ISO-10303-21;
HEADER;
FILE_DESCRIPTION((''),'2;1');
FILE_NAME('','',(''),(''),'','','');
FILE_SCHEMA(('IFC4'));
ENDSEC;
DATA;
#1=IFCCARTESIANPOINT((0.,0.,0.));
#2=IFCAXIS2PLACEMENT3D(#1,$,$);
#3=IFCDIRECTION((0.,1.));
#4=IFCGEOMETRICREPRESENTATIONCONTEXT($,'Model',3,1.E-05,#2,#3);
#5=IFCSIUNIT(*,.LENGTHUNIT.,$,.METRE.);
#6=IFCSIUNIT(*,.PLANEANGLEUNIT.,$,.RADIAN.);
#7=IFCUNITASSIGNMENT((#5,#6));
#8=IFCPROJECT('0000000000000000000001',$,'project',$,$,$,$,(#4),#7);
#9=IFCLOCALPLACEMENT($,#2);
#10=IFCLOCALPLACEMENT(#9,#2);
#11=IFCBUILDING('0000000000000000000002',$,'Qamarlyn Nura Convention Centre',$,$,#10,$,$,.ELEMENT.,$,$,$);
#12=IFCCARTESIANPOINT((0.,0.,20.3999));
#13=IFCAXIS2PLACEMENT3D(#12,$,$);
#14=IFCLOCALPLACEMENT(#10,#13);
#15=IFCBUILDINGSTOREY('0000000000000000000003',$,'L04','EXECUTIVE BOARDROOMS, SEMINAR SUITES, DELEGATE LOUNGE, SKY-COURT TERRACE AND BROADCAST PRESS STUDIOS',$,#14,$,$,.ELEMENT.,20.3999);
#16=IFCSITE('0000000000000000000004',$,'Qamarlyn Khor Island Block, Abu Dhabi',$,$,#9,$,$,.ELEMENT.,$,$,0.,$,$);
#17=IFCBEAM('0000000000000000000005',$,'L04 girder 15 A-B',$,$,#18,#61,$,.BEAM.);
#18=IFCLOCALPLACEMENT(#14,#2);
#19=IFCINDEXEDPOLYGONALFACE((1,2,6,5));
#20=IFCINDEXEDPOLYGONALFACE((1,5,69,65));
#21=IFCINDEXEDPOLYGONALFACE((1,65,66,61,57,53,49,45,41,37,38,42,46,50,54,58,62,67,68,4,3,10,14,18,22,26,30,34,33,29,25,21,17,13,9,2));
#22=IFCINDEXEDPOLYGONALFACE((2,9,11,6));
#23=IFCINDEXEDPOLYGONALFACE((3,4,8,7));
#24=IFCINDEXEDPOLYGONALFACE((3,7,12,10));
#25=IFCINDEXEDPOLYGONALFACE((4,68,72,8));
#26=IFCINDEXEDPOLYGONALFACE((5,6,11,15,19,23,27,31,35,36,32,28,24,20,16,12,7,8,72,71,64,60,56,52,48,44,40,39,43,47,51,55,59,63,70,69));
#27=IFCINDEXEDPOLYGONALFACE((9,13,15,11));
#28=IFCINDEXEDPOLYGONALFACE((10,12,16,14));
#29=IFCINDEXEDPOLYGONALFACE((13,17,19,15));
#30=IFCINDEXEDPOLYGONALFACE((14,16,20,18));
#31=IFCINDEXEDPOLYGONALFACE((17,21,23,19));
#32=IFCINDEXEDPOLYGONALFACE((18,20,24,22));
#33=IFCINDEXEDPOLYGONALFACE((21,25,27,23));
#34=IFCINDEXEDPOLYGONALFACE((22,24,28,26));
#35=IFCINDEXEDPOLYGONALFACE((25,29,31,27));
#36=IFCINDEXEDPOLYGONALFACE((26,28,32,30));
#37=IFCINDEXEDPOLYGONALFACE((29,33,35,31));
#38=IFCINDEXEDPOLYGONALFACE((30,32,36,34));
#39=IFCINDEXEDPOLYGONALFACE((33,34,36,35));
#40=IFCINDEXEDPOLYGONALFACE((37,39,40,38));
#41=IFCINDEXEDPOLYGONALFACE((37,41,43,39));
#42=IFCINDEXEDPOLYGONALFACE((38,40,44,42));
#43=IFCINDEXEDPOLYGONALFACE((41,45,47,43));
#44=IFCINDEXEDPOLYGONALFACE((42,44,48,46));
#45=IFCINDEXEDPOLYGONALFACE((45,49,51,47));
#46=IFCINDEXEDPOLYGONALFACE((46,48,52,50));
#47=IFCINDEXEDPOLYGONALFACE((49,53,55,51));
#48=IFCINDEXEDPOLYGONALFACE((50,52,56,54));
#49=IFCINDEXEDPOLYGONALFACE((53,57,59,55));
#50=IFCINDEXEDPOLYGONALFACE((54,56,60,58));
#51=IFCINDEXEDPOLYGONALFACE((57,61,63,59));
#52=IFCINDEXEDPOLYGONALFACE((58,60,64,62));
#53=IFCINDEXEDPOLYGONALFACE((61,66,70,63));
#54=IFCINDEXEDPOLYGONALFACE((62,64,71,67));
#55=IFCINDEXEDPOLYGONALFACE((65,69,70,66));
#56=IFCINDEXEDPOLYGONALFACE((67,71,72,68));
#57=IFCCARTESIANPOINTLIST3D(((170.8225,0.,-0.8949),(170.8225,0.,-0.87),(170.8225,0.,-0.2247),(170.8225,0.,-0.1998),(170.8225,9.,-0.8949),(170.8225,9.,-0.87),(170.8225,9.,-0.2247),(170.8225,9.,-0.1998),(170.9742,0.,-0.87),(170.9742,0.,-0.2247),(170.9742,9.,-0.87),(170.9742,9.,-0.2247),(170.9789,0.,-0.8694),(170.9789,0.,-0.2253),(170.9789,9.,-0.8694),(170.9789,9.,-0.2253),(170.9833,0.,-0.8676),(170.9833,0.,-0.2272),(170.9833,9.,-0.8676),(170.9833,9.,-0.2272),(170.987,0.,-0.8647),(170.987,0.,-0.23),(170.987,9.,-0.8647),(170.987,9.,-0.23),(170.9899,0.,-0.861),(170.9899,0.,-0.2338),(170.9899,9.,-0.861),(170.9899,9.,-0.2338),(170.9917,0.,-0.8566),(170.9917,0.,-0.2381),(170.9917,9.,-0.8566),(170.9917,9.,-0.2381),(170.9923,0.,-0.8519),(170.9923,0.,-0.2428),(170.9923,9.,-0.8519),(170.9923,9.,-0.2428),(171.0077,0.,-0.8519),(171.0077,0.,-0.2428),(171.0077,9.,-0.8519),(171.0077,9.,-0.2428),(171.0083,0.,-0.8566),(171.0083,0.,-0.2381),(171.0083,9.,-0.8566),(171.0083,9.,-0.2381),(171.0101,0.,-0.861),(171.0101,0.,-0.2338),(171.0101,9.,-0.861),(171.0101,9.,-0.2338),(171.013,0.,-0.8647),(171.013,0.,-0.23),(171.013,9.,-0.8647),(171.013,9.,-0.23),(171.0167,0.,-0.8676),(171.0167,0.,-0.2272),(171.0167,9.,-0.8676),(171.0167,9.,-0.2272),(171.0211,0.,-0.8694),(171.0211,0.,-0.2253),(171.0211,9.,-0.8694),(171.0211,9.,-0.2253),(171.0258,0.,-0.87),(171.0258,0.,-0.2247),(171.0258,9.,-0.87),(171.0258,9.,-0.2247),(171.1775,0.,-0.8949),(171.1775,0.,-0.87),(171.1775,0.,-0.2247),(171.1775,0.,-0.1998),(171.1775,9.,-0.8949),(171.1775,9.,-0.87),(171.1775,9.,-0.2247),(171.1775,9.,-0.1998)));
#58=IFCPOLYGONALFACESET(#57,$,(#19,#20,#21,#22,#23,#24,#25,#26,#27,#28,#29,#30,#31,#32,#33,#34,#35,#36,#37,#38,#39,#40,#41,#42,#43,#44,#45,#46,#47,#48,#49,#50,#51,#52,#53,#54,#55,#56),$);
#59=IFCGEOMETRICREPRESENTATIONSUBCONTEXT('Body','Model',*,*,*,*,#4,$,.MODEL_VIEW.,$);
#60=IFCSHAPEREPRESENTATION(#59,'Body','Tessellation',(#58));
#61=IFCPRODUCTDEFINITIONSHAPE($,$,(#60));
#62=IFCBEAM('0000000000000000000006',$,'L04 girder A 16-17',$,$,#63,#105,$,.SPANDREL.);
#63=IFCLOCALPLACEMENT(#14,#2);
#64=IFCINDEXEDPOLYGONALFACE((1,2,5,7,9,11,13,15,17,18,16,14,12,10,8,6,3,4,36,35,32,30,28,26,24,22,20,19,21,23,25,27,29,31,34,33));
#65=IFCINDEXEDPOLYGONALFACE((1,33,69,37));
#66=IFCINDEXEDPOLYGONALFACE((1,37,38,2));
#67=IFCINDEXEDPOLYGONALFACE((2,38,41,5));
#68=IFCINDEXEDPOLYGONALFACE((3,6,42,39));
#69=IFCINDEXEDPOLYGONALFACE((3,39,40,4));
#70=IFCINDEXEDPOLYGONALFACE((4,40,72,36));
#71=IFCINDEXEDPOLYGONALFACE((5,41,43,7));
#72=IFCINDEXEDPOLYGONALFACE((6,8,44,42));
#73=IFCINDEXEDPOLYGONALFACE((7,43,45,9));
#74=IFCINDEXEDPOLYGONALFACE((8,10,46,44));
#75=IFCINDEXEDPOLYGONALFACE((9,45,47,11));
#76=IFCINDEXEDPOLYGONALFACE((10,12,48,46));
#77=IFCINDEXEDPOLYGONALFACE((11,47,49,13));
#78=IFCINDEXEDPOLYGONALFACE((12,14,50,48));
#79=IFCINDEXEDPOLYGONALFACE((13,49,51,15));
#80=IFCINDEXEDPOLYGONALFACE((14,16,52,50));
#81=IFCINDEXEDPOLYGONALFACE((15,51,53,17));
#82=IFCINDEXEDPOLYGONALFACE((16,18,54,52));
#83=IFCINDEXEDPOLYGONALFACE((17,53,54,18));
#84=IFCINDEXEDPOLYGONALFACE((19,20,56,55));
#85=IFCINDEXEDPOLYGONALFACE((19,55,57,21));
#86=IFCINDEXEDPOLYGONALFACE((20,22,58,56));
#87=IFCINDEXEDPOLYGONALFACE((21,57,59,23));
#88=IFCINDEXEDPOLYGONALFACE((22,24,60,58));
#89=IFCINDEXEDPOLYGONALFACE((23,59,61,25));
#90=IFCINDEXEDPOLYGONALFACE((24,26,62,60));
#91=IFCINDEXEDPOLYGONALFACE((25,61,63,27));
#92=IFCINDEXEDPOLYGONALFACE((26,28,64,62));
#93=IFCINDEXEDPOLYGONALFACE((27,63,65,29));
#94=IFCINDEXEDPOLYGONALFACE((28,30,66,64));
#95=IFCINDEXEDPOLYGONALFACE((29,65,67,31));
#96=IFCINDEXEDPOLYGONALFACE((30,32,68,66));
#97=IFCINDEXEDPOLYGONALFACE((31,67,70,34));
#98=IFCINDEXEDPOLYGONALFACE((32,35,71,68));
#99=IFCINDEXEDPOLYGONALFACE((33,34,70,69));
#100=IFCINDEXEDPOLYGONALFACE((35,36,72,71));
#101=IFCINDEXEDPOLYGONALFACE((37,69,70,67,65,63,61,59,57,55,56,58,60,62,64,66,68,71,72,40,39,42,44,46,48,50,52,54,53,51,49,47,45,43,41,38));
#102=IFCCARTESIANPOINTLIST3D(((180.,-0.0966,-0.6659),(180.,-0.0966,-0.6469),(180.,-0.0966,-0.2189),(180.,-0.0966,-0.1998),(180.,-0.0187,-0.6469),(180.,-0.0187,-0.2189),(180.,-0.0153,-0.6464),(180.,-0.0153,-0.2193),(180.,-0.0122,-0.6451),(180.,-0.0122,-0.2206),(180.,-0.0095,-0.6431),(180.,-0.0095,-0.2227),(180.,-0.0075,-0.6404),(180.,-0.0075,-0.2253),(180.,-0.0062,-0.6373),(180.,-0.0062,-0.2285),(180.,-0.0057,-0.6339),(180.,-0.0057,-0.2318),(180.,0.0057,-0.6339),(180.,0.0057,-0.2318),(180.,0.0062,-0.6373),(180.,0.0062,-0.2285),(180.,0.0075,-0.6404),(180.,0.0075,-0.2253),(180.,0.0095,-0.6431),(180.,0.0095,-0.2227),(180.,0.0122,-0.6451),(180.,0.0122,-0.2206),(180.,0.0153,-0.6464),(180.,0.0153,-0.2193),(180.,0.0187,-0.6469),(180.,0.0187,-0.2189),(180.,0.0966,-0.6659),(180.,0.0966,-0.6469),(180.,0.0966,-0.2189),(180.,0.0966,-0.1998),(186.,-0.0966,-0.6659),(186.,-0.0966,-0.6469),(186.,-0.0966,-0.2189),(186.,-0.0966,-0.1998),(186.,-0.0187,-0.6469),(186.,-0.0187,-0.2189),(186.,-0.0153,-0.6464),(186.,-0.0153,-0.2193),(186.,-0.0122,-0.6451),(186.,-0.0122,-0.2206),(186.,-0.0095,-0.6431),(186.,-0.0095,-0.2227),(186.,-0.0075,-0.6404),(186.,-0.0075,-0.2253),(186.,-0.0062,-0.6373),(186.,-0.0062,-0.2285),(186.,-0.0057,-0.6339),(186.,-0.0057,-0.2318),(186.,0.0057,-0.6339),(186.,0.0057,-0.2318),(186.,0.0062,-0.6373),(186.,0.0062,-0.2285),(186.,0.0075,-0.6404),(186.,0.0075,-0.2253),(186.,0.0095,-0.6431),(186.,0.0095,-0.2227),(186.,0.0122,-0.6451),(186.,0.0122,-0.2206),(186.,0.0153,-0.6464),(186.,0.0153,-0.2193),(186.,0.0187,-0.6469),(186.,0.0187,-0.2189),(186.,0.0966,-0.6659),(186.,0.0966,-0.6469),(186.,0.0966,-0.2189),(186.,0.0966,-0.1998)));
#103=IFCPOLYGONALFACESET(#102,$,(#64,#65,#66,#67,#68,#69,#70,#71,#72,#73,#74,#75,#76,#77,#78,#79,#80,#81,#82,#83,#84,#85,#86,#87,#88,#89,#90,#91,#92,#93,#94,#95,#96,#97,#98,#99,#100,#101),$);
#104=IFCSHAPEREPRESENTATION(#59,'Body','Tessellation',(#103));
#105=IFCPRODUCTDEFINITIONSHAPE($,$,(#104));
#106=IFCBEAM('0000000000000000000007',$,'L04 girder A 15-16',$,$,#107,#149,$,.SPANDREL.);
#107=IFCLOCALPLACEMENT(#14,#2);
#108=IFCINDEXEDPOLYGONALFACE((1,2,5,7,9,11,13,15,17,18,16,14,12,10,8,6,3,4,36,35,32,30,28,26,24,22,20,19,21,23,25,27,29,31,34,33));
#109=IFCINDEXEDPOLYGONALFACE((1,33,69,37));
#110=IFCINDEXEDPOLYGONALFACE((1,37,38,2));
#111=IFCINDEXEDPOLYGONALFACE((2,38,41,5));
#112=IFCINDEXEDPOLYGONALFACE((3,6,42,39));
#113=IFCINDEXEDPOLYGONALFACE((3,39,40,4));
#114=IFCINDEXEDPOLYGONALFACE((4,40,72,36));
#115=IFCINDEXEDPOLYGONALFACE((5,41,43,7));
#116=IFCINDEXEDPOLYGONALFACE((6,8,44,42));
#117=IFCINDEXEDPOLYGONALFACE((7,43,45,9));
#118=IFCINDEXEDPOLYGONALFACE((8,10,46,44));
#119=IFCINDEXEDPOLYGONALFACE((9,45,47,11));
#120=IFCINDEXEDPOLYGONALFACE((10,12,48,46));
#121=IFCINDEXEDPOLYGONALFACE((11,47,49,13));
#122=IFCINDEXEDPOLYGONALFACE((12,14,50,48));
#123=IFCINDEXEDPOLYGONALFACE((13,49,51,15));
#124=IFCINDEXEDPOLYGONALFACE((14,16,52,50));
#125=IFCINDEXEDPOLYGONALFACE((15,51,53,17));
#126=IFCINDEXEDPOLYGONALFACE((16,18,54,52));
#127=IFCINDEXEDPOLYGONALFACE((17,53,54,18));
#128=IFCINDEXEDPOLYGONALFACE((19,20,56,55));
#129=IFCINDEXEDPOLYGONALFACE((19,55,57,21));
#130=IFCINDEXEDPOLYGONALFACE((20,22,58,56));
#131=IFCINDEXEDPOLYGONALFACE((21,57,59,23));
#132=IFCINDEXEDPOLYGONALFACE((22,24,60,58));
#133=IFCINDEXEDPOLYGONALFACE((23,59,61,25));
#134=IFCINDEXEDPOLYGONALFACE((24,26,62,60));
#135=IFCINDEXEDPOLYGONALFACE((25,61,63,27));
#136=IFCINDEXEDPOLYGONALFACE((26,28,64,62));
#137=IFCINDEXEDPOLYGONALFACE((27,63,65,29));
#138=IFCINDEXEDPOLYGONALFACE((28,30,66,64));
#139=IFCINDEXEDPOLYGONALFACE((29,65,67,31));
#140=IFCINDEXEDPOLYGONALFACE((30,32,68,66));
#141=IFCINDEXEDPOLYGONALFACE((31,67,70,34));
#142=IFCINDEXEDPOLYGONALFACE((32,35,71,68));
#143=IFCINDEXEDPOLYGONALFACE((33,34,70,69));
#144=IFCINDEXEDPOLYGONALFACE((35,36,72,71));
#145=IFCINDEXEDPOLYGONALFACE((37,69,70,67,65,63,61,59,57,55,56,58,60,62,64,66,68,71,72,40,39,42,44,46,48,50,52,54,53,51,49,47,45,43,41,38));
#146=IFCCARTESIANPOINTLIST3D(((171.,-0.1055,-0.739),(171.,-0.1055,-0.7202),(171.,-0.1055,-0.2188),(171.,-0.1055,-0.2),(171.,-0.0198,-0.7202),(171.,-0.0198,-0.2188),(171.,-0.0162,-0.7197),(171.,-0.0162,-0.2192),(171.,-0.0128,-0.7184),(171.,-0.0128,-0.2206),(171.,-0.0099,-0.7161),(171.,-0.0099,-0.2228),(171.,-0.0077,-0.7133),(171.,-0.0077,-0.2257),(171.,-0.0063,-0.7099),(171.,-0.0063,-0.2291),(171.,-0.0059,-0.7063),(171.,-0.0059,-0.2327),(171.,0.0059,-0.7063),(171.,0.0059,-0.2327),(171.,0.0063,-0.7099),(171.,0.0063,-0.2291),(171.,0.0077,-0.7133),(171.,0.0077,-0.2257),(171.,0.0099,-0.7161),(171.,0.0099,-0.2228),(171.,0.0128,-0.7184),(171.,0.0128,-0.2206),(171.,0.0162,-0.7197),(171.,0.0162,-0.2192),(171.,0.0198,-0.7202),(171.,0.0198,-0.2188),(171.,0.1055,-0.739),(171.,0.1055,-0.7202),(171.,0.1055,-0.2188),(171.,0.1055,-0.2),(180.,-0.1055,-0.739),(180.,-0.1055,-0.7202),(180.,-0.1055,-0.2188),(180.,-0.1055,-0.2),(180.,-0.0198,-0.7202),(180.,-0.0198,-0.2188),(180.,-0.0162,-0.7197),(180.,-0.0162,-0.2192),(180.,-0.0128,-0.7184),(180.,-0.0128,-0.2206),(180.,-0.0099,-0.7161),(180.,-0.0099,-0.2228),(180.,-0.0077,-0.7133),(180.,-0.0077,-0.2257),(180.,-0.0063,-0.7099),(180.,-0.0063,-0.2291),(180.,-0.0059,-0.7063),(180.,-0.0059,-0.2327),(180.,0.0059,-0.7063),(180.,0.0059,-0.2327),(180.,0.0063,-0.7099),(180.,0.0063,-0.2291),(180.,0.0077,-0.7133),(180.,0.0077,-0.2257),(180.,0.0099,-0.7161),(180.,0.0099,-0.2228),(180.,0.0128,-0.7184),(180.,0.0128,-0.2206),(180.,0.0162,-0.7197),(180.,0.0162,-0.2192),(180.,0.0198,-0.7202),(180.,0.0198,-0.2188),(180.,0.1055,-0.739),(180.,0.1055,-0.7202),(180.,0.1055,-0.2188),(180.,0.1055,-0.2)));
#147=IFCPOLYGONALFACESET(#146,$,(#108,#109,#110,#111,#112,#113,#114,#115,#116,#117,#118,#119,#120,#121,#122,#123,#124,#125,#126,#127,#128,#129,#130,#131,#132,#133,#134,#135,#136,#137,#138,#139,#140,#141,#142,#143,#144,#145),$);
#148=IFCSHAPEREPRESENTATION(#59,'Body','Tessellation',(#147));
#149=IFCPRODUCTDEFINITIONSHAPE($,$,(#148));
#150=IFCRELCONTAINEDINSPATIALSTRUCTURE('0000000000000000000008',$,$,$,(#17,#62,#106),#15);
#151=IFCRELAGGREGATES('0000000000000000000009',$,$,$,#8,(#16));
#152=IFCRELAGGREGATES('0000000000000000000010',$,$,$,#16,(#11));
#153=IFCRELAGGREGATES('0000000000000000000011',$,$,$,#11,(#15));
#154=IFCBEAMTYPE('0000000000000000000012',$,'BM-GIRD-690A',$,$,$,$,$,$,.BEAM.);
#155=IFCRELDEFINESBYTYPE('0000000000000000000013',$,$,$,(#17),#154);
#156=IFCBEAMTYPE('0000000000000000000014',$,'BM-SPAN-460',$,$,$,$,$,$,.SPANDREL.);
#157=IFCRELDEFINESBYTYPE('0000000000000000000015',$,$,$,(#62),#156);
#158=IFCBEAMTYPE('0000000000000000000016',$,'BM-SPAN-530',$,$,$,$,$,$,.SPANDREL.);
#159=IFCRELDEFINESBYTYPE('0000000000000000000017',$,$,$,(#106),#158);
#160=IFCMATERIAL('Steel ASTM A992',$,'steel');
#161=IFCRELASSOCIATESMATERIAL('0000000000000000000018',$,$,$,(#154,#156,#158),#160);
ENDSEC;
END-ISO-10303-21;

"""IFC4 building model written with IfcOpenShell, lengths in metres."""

from ifc_helpers import new_model, si_unit, direction, frame, origin, origin_2d, place, context, subcontext, project, spatial, i_section, extrude, material, material_profile, profile_set, type_object, element, save


model = new_model("IFC4")

# Units and contexts
model_context = context("Model", 3, precision=1e-05, world=origin(), true_north=direction((0.0, 1.0)))
body_context = subcontext(model_context, "Body", "Model", "MODEL_VIEW")
ifc_project = project(units=[si_unit("LENGTHUNIT", "METRE"), si_unit("PLANEANGLEUNIT", "RADIAN")], contexts=[model_context])

# Site, building, storey
site_placement = place(None, origin())
site = spatial("IfcSite", under=ifc_project, at=site_placement, Name="Qamarlyn Khor Island Block, Abu Dhabi", CompositionType="ELEMENT", RefElevation=0.0)
building_placement = place(site_placement, origin())
building = spatial("IfcBuilding", under=site, at=building_placement, Name="Qamarlyn Nura Convention Centre", CompositionType="ELEMENT")
storey_placement = place(building_placement, frame((0.0, 0.0, 20.3999)))
storey = spatial("IfcBuildingStorey", under=building, at=storey_placement, Name="L04", Description="EXECUTIVE BOARDROOMS, SEMINAR SUITES, DELEGATE LOUNGE, SKY-COURT TERRACE AND BROADCAST PRESS STUDIOS", CompositionType="ELEMENT", Elevation=20.3999)

# Shared definitions
ifc_material_1 = material(Name="Steel ASTM A992", Category="steel")

# Beams
ifc_material_profile_1 = material_profile(ifc_material_1, i_section(OverallWidth=0.355, OverallDepth=0.6951, WebThickness=0.0154, FlangeThickness=0.0249, FilletRadius=0.0181, at=origin_2d()), Name="W690X217")
ifc_profile_set_1 = profile_set([ifc_material_profile_1], Name="Steel ASTM A992")
beam_type_1 = type_object("IfcBeamType", Name="BM-GIRD-690A", PredefinedType="BEAM", material=ifc_profile_set_1)
beam_1_placement = place(storey_placement, frame((171.0, 0.0, -0.5474), z_axis=(0.0, 1.0, 0.0), x_axis=(-1.0, 0.0, 0.0)))
element("IfcBeam", 1, at=beam_1_placement, inside=storey, type_object=beam_type_1, Name="L04 girder 15 A-B", PredefinedType="BEAM", context=body_context, shape_type="SweptSolid", body=[
    extrude(i_section(OverallWidth=0.355, OverallDepth=0.6951, WebThickness=0.0154, FlangeThickness=0.0249, FilletRadius=0.0181, at=origin_2d()), origin(), (0.0, 0.0, 1.0), 9.0),
])
ifc_material_profile_2 = material_profile(ifc_material_1, i_section(OverallWidth=0.1931, OverallDepth=0.4661, WebThickness=0.0115, FlangeThickness=0.019, FilletRadius=0.0129, at=origin_2d()), Name="W460X97")
ifc_profile_set_2 = profile_set([ifc_material_profile_2], Name="Steel ASTM A992")
beam_type_2 = type_object("IfcBeamType", Name="BM-SPAN-460", PredefinedType="SPANDREL", material=ifc_profile_set_2)
beam_2_placement = place(storey_placement, frame((180.0, 0.0, -0.4329), z_axis=(1.0, 0.0, 0.0), x_axis=(0.0, 1.0, 0.0)))
element("IfcBeam", 2, at=beam_2_placement, inside=storey, type_object=beam_type_2, Name="L04 girder A 16-17", PredefinedType="SPANDREL", context=body_context, shape_type="SweptSolid", body=[
    extrude(i_section(OverallWidth=0.1931, OverallDepth=0.4661, WebThickness=0.0115, FlangeThickness=0.019, FilletRadius=0.0129, at=origin_2d()), origin(), (0.0, 0.0, 1.0), 6.0),
])
ifc_material_profile_3 = material_profile(ifc_material_1, i_section(OverallWidth=0.2109, OverallDepth=0.5391, WebThickness=0.0117, FlangeThickness=0.0188, FilletRadius=0.0139, at=origin_2d()), Name="W530X109")
ifc_profile_set_3 = profile_set([ifc_material_profile_3], Name="Steel ASTM A992")
beam_type_3 = type_object("IfcBeamType", Name="BM-SPAN-530", PredefinedType="SPANDREL", material=ifc_profile_set_3)
beam_3_placement = place(storey_placement, frame((171.0, 0.0, -0.4695), z_axis=(1.0, 0.0, 0.0), x_axis=(0.0, 1.0, 0.0)))
element("IfcBeam", 3, at=beam_3_placement, inside=storey, type_object=beam_type_3, Name="L04 girder A 15-16", PredefinedType="SPANDREL", context=body_context, shape_type="SweptSolid", body=[
    extrude(i_section(OverallWidth=0.2109, OverallDepth=0.5391, WebThickness=0.0117, FlangeThickness=0.0188, FilletRadius=0.0139, at=origin_2d()), origin(), (0.0, 0.0, 1.0), 9.0),
])

save(model, "model.ifc")
